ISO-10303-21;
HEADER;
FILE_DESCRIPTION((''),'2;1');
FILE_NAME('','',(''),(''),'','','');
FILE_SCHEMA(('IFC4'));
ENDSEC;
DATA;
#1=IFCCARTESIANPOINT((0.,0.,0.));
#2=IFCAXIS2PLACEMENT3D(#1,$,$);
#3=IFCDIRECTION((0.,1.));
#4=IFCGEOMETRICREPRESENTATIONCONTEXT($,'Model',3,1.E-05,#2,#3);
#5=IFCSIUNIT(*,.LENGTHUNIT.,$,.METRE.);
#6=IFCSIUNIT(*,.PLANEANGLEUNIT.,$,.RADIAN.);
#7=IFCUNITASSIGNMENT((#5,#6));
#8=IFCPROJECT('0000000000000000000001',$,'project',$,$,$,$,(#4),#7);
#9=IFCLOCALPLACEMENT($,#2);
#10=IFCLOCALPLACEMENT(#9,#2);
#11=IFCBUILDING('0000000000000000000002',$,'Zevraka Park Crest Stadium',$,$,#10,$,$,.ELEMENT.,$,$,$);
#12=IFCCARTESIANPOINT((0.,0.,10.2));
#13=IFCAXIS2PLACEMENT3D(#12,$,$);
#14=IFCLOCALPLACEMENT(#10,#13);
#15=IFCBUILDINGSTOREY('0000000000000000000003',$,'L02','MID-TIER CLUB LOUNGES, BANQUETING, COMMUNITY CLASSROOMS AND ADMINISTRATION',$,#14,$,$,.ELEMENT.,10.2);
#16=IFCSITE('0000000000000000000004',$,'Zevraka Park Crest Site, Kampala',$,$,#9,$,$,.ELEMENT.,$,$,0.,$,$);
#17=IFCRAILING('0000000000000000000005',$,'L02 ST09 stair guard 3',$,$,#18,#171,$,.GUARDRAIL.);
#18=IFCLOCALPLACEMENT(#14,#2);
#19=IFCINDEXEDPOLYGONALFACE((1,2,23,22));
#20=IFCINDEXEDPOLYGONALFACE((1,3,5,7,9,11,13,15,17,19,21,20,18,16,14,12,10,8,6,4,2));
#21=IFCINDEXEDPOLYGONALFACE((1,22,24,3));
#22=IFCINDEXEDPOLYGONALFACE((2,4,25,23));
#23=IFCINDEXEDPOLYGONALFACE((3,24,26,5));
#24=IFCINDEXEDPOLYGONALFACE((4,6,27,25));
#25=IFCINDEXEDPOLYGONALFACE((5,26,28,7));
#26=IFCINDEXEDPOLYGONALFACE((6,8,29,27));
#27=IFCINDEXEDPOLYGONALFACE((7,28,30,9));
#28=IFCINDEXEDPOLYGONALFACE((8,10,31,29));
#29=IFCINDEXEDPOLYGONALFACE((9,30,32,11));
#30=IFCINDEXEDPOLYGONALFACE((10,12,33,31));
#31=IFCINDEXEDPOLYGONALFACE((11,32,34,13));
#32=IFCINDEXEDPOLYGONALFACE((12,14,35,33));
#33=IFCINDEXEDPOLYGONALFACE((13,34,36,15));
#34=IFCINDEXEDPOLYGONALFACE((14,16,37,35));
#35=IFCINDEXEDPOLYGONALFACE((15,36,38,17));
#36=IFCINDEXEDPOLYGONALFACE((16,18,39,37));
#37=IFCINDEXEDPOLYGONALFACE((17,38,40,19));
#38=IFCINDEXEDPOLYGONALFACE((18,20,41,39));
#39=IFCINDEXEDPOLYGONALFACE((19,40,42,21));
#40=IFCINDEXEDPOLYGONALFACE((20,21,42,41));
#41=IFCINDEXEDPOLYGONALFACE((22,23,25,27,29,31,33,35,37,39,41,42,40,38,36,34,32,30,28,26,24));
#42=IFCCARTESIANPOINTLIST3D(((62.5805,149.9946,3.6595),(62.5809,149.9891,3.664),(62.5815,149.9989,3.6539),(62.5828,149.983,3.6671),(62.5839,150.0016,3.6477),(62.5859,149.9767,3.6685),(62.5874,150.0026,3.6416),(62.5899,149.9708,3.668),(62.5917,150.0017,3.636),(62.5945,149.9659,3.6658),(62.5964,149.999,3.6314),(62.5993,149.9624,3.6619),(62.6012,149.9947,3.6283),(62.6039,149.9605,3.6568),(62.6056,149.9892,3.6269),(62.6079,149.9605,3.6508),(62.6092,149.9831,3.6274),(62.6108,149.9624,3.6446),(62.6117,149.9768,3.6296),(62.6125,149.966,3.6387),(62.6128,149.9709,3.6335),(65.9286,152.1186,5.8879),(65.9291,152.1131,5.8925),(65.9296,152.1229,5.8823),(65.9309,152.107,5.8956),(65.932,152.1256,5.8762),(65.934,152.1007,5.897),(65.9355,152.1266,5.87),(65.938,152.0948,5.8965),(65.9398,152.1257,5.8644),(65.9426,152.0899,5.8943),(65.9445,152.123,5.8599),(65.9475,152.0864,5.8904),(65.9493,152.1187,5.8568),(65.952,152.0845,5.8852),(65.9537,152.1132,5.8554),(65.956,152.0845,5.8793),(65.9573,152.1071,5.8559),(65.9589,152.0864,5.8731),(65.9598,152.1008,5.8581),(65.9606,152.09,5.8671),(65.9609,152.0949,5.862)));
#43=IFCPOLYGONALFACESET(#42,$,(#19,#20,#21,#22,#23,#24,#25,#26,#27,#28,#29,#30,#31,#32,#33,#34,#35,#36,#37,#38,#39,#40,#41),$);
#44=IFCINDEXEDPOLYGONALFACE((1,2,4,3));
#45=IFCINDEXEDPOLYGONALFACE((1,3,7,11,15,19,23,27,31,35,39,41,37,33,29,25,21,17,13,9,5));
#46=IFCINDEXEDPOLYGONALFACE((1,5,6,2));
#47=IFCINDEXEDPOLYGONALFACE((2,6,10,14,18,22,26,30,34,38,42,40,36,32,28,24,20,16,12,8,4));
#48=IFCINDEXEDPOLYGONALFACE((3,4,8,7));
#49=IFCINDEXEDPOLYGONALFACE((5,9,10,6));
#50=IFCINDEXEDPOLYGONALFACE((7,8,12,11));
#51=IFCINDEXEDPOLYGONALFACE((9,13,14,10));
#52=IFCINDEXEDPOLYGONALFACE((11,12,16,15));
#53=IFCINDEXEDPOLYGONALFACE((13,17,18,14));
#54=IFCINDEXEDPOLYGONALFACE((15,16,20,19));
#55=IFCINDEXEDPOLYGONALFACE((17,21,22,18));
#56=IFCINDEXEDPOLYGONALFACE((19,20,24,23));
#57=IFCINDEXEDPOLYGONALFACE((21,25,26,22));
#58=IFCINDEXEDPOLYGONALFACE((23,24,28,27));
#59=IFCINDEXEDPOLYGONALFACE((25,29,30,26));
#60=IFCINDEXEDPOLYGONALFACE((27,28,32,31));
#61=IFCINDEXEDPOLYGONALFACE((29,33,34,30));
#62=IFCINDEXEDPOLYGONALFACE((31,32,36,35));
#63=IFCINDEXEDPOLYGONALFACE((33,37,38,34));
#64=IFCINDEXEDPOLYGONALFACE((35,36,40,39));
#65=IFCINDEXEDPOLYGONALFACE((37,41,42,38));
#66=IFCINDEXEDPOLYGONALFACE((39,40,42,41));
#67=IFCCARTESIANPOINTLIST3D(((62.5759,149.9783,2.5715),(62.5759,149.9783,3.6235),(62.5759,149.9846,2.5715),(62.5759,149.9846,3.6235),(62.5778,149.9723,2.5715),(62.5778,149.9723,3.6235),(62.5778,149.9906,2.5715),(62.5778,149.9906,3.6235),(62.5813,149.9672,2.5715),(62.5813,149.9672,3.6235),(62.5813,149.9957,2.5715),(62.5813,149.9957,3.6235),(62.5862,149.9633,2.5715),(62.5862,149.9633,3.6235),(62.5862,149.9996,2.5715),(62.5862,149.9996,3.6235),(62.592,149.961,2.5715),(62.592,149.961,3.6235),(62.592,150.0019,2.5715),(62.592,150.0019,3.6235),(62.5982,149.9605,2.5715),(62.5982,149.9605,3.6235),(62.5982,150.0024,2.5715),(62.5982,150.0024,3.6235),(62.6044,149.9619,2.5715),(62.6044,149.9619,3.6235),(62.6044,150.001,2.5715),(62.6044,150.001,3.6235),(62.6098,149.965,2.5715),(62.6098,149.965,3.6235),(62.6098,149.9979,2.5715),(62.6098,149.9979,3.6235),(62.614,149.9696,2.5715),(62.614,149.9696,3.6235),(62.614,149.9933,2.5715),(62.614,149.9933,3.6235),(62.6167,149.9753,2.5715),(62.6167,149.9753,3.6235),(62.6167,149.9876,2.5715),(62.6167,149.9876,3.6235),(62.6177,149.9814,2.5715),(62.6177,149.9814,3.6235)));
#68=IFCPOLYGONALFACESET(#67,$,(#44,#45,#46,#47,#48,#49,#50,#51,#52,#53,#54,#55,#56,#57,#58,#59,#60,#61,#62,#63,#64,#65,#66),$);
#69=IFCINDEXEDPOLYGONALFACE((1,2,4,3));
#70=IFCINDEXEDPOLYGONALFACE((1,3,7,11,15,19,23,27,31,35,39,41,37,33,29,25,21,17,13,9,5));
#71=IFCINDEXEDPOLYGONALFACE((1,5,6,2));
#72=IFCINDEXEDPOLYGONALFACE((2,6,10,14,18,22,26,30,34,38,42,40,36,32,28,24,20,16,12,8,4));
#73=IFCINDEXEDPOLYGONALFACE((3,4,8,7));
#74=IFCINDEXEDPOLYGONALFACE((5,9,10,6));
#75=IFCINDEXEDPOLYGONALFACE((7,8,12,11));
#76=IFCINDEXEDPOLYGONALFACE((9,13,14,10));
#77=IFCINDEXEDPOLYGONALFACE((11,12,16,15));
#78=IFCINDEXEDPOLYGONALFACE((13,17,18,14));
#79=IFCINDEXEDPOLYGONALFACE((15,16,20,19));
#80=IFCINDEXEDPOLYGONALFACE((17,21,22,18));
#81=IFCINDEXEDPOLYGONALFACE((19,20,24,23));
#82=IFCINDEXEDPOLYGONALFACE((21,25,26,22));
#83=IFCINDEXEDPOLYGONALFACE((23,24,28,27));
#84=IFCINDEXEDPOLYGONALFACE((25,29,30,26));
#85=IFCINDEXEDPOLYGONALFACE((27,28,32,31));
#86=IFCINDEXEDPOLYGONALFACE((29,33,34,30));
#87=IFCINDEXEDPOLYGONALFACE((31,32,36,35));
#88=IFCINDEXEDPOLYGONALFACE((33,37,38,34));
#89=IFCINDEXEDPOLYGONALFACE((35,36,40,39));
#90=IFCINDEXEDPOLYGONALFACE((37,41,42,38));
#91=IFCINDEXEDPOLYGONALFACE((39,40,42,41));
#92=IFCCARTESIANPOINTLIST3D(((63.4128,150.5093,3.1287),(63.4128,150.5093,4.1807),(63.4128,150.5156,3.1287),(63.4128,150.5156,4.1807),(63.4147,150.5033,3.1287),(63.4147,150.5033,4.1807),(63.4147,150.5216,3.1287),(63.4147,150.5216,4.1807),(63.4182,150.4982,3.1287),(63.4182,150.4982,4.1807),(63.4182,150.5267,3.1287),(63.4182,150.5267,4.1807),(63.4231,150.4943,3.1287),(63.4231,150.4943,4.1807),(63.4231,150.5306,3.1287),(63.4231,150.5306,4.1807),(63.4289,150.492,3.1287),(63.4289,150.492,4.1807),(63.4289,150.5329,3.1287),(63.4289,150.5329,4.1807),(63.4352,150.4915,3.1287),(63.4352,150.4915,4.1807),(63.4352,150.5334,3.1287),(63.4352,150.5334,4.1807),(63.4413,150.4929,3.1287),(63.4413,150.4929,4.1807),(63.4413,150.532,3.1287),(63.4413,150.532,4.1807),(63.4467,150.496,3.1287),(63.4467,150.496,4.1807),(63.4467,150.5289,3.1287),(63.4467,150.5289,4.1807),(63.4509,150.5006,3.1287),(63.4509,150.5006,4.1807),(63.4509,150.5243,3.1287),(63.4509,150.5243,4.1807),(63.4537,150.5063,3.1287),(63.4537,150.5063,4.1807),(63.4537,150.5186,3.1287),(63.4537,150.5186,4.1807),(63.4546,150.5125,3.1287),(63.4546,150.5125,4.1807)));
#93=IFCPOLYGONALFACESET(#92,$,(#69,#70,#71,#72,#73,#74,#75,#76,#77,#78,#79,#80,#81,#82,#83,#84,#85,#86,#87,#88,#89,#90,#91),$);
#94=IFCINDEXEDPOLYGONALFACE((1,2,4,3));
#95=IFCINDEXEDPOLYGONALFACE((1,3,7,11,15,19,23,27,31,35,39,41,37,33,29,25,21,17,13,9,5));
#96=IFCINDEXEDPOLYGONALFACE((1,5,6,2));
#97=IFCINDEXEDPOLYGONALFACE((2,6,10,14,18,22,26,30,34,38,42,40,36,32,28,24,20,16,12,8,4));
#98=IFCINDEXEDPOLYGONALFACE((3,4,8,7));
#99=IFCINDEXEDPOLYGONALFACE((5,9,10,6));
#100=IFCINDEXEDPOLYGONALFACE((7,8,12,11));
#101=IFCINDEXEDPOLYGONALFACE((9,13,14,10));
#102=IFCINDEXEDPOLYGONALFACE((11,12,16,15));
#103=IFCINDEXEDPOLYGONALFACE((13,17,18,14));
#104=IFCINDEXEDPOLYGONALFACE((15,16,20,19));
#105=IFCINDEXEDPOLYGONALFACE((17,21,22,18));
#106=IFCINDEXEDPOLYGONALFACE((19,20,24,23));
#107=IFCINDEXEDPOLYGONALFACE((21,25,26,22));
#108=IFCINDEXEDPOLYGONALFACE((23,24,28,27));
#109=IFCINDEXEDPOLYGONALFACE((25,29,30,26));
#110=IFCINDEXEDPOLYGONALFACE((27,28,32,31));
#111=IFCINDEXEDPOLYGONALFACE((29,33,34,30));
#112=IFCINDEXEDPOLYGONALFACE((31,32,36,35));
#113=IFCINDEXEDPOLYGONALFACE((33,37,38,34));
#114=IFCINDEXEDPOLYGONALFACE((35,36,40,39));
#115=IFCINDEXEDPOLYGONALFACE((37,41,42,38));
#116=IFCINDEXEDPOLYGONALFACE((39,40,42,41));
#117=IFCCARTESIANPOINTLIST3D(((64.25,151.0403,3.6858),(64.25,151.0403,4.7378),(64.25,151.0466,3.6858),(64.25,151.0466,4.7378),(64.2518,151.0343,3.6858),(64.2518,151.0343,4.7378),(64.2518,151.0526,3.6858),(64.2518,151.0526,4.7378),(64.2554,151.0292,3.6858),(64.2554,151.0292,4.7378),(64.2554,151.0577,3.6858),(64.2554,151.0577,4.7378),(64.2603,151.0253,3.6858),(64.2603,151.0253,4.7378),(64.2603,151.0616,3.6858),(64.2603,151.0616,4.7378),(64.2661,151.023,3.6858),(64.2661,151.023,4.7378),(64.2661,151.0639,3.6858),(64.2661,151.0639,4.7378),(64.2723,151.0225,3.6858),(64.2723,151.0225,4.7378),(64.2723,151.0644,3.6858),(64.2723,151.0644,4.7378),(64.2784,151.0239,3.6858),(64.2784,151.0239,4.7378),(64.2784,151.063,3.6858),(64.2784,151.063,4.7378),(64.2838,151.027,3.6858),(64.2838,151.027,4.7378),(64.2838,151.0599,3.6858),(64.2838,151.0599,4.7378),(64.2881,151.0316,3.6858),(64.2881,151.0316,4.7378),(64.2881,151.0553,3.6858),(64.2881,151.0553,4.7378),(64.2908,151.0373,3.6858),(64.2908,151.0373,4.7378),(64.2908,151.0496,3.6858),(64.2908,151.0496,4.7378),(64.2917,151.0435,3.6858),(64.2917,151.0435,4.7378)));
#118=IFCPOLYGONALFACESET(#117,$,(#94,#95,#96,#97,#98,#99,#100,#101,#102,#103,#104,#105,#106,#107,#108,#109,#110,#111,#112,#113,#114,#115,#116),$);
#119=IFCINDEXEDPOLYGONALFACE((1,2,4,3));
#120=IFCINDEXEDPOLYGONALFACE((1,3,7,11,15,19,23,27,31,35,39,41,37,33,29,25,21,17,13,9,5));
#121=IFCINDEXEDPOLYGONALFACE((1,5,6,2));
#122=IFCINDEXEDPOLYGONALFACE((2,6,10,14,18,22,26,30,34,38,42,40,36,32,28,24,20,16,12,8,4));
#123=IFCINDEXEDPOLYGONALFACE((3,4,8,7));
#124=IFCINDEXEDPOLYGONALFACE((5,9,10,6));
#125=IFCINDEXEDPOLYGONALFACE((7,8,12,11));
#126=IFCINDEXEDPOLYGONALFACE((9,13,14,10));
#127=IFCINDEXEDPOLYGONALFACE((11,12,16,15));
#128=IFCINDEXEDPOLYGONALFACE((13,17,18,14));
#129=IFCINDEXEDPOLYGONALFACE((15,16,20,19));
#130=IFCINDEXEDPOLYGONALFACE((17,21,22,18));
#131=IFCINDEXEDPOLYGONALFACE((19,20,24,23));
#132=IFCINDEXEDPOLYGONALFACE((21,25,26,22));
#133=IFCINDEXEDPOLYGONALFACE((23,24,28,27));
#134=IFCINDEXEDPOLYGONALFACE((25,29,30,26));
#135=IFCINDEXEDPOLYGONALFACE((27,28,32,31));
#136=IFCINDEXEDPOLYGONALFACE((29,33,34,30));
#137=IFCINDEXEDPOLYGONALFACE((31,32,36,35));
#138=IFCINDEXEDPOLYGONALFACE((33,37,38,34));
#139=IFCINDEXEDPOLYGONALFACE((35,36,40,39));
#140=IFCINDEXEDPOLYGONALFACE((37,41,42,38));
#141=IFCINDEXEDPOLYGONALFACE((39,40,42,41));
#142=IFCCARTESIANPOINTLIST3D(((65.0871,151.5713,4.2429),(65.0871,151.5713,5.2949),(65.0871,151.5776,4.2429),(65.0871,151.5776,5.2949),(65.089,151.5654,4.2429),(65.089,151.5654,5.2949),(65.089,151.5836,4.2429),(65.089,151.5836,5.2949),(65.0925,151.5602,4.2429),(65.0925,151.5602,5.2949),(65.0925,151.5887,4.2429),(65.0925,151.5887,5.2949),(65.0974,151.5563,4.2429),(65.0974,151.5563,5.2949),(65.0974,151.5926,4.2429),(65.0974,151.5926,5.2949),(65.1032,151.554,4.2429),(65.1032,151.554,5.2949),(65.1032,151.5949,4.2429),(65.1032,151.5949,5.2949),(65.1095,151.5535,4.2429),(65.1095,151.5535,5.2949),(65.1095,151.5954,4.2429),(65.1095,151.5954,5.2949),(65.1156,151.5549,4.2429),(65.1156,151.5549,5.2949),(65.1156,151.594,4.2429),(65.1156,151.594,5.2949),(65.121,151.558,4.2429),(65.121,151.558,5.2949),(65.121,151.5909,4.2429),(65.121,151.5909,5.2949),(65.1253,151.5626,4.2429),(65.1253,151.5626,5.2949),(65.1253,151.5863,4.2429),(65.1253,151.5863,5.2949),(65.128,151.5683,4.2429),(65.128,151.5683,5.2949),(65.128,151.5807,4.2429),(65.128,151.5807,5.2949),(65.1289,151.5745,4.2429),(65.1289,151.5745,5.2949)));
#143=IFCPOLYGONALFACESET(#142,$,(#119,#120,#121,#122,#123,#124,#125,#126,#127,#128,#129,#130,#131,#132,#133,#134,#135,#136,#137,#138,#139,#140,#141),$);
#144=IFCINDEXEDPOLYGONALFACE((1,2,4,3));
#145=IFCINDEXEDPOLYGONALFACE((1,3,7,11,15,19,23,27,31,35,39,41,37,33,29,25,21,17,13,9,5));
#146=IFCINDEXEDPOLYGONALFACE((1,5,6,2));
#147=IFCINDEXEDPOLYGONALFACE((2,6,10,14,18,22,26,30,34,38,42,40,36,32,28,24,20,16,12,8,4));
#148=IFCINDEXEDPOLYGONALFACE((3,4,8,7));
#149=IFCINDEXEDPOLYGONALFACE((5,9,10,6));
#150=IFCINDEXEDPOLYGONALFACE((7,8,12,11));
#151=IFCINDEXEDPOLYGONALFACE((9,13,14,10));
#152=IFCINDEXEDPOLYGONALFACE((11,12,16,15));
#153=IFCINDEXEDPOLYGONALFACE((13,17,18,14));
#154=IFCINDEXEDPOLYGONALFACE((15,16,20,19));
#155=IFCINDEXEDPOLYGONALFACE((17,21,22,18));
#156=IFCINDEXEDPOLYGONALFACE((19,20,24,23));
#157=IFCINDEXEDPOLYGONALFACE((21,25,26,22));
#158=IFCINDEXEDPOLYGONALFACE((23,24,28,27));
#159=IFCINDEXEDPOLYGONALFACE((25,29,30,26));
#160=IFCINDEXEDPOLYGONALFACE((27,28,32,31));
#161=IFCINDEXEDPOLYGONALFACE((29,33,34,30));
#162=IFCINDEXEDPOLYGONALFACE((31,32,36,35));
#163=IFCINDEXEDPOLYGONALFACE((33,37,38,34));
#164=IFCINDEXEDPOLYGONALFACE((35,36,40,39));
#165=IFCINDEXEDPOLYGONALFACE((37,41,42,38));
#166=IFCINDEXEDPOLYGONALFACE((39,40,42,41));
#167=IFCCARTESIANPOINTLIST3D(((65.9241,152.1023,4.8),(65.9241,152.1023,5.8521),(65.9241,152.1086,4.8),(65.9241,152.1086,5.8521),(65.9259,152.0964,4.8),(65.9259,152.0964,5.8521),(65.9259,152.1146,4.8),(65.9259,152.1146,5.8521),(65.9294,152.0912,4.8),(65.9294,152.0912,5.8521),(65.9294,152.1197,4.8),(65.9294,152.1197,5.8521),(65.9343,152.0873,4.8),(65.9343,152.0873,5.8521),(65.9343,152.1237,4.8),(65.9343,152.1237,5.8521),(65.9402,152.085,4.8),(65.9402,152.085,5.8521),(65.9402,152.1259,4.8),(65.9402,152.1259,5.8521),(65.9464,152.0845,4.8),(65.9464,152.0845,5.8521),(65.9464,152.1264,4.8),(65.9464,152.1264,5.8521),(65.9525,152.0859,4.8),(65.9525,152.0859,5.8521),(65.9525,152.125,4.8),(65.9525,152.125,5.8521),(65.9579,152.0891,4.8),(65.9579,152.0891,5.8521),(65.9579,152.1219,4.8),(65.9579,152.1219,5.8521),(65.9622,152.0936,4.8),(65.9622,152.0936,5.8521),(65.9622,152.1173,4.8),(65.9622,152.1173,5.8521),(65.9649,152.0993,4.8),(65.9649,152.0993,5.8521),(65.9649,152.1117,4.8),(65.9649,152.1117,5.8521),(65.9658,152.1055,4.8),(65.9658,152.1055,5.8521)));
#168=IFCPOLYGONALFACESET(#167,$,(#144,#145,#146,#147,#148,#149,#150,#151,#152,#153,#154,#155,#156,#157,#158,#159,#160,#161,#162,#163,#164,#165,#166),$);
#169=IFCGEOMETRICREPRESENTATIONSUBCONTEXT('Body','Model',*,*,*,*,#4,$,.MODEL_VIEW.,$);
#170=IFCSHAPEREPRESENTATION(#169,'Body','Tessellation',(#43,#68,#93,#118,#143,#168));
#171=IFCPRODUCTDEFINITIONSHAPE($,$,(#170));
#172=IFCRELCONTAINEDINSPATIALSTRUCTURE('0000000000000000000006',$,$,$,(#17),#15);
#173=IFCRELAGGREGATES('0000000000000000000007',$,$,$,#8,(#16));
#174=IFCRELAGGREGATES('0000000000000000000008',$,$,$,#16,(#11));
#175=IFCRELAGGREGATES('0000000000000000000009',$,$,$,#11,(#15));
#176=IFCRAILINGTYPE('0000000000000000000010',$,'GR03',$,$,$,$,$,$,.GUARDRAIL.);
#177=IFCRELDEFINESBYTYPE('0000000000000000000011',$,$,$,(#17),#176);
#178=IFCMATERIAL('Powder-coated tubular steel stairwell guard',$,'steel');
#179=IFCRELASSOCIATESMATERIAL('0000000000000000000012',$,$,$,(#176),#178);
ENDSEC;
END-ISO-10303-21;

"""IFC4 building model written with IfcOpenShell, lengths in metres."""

from ifc_helpers import new_model, si_unit, direction, frame, origin, origin_2d, place, context, subcontext, project, spatial, circle, extrude, material, type_object, element, save


model = new_model("IFC4")

# Units and contexts
model_context = context("Model", 3, precision=1e-05, world=origin(), true_north=direction((0.0, 1.0)))
body_context = subcontext(model_context, "Body", "Model", "MODEL_VIEW")
ifc_project = project(units=[si_unit("LENGTHUNIT", "METRE"), si_unit("PLANEANGLEUNIT", "RADIAN")], contexts=[model_context])

# Site, building, storey
site_placement = place(None, origin())
site = spatial("IfcSite", under=ifc_project, at=site_placement, Name="Zevraka Park Crest Site, Kampala", CompositionType="ELEMENT", RefElevation=0.0)
building_placement = place(site_placement, origin())
building = spatial("IfcBuilding", under=site, at=building_placement, Name="Zevraka Park Crest Stadium", CompositionType="ELEMENT")
storey_placement = place(building_placement, frame((0.0, 0.0, 10.2)))
storey = spatial("IfcBuildingStorey", under=building, at=storey_placement, Name="L02", Description="MID-TIER CLUB LOUNGES, BANQUETING, COMMUNITY CLASSROOMS AND ADMINISTRATION", CompositionType="ELEMENT", Elevation=10.2)

# Railing
ifc_material_1 = material(Name="Powder-coated tubular steel stairwell guard", Category="steel")
railing_type_1 = type_object("IfcRailingType", Name="GR03", PredefinedType="GUARDRAIL", material=ifc_material_1)
railing_1_placement = place(storey_placement, frame((62.5967, 149.9814, 2.5715)))
element("IfcRailing", 1, at=railing_1_placement, inside=storey, type_object=railing_type_1, Name="L02 ST09 stair guard 3", PredefinedType="GUARDRAIL", context=body_context, shape_type="SweptSolid", body=[
    extrude(circle(Radius=0.0239, at=origin_2d()), frame((0.0, 0.0, 1.0762), z_axis=(0.736117, 0.466984, 0.489957), x_axis=(-0.535688, 0.844416, 0.0)), (0.0, 0.0, 1.0), 4.5483),
    extrude(circle(Radius=0.021, at=origin_2d()), origin(), (0.0, 0.0, 1.0), 1.052),
    extrude(circle(Radius=0.021, at=origin_2d()), frame((0.8369, 0.531, 0.5571)), (0.0, 0.0, 1.0), 1.052),
    extrude(circle(Radius=0.021, at=origin_2d()), frame((1.6741, 1.062, 1.1143)), (0.0, 0.0, 1.0), 1.052),
    extrude(circle(Radius=0.021, at=origin_2d()), frame((2.5112, 1.593, 1.6714)), (0.0, 0.0, 1.0), 1.052),
    extrude(circle(Radius=0.021, at=origin_2d()), frame((3.3481, 2.124, 2.2285)), (0.0, 0.0, 1.0), 1.052),
])

save(model, "model.ifc")
